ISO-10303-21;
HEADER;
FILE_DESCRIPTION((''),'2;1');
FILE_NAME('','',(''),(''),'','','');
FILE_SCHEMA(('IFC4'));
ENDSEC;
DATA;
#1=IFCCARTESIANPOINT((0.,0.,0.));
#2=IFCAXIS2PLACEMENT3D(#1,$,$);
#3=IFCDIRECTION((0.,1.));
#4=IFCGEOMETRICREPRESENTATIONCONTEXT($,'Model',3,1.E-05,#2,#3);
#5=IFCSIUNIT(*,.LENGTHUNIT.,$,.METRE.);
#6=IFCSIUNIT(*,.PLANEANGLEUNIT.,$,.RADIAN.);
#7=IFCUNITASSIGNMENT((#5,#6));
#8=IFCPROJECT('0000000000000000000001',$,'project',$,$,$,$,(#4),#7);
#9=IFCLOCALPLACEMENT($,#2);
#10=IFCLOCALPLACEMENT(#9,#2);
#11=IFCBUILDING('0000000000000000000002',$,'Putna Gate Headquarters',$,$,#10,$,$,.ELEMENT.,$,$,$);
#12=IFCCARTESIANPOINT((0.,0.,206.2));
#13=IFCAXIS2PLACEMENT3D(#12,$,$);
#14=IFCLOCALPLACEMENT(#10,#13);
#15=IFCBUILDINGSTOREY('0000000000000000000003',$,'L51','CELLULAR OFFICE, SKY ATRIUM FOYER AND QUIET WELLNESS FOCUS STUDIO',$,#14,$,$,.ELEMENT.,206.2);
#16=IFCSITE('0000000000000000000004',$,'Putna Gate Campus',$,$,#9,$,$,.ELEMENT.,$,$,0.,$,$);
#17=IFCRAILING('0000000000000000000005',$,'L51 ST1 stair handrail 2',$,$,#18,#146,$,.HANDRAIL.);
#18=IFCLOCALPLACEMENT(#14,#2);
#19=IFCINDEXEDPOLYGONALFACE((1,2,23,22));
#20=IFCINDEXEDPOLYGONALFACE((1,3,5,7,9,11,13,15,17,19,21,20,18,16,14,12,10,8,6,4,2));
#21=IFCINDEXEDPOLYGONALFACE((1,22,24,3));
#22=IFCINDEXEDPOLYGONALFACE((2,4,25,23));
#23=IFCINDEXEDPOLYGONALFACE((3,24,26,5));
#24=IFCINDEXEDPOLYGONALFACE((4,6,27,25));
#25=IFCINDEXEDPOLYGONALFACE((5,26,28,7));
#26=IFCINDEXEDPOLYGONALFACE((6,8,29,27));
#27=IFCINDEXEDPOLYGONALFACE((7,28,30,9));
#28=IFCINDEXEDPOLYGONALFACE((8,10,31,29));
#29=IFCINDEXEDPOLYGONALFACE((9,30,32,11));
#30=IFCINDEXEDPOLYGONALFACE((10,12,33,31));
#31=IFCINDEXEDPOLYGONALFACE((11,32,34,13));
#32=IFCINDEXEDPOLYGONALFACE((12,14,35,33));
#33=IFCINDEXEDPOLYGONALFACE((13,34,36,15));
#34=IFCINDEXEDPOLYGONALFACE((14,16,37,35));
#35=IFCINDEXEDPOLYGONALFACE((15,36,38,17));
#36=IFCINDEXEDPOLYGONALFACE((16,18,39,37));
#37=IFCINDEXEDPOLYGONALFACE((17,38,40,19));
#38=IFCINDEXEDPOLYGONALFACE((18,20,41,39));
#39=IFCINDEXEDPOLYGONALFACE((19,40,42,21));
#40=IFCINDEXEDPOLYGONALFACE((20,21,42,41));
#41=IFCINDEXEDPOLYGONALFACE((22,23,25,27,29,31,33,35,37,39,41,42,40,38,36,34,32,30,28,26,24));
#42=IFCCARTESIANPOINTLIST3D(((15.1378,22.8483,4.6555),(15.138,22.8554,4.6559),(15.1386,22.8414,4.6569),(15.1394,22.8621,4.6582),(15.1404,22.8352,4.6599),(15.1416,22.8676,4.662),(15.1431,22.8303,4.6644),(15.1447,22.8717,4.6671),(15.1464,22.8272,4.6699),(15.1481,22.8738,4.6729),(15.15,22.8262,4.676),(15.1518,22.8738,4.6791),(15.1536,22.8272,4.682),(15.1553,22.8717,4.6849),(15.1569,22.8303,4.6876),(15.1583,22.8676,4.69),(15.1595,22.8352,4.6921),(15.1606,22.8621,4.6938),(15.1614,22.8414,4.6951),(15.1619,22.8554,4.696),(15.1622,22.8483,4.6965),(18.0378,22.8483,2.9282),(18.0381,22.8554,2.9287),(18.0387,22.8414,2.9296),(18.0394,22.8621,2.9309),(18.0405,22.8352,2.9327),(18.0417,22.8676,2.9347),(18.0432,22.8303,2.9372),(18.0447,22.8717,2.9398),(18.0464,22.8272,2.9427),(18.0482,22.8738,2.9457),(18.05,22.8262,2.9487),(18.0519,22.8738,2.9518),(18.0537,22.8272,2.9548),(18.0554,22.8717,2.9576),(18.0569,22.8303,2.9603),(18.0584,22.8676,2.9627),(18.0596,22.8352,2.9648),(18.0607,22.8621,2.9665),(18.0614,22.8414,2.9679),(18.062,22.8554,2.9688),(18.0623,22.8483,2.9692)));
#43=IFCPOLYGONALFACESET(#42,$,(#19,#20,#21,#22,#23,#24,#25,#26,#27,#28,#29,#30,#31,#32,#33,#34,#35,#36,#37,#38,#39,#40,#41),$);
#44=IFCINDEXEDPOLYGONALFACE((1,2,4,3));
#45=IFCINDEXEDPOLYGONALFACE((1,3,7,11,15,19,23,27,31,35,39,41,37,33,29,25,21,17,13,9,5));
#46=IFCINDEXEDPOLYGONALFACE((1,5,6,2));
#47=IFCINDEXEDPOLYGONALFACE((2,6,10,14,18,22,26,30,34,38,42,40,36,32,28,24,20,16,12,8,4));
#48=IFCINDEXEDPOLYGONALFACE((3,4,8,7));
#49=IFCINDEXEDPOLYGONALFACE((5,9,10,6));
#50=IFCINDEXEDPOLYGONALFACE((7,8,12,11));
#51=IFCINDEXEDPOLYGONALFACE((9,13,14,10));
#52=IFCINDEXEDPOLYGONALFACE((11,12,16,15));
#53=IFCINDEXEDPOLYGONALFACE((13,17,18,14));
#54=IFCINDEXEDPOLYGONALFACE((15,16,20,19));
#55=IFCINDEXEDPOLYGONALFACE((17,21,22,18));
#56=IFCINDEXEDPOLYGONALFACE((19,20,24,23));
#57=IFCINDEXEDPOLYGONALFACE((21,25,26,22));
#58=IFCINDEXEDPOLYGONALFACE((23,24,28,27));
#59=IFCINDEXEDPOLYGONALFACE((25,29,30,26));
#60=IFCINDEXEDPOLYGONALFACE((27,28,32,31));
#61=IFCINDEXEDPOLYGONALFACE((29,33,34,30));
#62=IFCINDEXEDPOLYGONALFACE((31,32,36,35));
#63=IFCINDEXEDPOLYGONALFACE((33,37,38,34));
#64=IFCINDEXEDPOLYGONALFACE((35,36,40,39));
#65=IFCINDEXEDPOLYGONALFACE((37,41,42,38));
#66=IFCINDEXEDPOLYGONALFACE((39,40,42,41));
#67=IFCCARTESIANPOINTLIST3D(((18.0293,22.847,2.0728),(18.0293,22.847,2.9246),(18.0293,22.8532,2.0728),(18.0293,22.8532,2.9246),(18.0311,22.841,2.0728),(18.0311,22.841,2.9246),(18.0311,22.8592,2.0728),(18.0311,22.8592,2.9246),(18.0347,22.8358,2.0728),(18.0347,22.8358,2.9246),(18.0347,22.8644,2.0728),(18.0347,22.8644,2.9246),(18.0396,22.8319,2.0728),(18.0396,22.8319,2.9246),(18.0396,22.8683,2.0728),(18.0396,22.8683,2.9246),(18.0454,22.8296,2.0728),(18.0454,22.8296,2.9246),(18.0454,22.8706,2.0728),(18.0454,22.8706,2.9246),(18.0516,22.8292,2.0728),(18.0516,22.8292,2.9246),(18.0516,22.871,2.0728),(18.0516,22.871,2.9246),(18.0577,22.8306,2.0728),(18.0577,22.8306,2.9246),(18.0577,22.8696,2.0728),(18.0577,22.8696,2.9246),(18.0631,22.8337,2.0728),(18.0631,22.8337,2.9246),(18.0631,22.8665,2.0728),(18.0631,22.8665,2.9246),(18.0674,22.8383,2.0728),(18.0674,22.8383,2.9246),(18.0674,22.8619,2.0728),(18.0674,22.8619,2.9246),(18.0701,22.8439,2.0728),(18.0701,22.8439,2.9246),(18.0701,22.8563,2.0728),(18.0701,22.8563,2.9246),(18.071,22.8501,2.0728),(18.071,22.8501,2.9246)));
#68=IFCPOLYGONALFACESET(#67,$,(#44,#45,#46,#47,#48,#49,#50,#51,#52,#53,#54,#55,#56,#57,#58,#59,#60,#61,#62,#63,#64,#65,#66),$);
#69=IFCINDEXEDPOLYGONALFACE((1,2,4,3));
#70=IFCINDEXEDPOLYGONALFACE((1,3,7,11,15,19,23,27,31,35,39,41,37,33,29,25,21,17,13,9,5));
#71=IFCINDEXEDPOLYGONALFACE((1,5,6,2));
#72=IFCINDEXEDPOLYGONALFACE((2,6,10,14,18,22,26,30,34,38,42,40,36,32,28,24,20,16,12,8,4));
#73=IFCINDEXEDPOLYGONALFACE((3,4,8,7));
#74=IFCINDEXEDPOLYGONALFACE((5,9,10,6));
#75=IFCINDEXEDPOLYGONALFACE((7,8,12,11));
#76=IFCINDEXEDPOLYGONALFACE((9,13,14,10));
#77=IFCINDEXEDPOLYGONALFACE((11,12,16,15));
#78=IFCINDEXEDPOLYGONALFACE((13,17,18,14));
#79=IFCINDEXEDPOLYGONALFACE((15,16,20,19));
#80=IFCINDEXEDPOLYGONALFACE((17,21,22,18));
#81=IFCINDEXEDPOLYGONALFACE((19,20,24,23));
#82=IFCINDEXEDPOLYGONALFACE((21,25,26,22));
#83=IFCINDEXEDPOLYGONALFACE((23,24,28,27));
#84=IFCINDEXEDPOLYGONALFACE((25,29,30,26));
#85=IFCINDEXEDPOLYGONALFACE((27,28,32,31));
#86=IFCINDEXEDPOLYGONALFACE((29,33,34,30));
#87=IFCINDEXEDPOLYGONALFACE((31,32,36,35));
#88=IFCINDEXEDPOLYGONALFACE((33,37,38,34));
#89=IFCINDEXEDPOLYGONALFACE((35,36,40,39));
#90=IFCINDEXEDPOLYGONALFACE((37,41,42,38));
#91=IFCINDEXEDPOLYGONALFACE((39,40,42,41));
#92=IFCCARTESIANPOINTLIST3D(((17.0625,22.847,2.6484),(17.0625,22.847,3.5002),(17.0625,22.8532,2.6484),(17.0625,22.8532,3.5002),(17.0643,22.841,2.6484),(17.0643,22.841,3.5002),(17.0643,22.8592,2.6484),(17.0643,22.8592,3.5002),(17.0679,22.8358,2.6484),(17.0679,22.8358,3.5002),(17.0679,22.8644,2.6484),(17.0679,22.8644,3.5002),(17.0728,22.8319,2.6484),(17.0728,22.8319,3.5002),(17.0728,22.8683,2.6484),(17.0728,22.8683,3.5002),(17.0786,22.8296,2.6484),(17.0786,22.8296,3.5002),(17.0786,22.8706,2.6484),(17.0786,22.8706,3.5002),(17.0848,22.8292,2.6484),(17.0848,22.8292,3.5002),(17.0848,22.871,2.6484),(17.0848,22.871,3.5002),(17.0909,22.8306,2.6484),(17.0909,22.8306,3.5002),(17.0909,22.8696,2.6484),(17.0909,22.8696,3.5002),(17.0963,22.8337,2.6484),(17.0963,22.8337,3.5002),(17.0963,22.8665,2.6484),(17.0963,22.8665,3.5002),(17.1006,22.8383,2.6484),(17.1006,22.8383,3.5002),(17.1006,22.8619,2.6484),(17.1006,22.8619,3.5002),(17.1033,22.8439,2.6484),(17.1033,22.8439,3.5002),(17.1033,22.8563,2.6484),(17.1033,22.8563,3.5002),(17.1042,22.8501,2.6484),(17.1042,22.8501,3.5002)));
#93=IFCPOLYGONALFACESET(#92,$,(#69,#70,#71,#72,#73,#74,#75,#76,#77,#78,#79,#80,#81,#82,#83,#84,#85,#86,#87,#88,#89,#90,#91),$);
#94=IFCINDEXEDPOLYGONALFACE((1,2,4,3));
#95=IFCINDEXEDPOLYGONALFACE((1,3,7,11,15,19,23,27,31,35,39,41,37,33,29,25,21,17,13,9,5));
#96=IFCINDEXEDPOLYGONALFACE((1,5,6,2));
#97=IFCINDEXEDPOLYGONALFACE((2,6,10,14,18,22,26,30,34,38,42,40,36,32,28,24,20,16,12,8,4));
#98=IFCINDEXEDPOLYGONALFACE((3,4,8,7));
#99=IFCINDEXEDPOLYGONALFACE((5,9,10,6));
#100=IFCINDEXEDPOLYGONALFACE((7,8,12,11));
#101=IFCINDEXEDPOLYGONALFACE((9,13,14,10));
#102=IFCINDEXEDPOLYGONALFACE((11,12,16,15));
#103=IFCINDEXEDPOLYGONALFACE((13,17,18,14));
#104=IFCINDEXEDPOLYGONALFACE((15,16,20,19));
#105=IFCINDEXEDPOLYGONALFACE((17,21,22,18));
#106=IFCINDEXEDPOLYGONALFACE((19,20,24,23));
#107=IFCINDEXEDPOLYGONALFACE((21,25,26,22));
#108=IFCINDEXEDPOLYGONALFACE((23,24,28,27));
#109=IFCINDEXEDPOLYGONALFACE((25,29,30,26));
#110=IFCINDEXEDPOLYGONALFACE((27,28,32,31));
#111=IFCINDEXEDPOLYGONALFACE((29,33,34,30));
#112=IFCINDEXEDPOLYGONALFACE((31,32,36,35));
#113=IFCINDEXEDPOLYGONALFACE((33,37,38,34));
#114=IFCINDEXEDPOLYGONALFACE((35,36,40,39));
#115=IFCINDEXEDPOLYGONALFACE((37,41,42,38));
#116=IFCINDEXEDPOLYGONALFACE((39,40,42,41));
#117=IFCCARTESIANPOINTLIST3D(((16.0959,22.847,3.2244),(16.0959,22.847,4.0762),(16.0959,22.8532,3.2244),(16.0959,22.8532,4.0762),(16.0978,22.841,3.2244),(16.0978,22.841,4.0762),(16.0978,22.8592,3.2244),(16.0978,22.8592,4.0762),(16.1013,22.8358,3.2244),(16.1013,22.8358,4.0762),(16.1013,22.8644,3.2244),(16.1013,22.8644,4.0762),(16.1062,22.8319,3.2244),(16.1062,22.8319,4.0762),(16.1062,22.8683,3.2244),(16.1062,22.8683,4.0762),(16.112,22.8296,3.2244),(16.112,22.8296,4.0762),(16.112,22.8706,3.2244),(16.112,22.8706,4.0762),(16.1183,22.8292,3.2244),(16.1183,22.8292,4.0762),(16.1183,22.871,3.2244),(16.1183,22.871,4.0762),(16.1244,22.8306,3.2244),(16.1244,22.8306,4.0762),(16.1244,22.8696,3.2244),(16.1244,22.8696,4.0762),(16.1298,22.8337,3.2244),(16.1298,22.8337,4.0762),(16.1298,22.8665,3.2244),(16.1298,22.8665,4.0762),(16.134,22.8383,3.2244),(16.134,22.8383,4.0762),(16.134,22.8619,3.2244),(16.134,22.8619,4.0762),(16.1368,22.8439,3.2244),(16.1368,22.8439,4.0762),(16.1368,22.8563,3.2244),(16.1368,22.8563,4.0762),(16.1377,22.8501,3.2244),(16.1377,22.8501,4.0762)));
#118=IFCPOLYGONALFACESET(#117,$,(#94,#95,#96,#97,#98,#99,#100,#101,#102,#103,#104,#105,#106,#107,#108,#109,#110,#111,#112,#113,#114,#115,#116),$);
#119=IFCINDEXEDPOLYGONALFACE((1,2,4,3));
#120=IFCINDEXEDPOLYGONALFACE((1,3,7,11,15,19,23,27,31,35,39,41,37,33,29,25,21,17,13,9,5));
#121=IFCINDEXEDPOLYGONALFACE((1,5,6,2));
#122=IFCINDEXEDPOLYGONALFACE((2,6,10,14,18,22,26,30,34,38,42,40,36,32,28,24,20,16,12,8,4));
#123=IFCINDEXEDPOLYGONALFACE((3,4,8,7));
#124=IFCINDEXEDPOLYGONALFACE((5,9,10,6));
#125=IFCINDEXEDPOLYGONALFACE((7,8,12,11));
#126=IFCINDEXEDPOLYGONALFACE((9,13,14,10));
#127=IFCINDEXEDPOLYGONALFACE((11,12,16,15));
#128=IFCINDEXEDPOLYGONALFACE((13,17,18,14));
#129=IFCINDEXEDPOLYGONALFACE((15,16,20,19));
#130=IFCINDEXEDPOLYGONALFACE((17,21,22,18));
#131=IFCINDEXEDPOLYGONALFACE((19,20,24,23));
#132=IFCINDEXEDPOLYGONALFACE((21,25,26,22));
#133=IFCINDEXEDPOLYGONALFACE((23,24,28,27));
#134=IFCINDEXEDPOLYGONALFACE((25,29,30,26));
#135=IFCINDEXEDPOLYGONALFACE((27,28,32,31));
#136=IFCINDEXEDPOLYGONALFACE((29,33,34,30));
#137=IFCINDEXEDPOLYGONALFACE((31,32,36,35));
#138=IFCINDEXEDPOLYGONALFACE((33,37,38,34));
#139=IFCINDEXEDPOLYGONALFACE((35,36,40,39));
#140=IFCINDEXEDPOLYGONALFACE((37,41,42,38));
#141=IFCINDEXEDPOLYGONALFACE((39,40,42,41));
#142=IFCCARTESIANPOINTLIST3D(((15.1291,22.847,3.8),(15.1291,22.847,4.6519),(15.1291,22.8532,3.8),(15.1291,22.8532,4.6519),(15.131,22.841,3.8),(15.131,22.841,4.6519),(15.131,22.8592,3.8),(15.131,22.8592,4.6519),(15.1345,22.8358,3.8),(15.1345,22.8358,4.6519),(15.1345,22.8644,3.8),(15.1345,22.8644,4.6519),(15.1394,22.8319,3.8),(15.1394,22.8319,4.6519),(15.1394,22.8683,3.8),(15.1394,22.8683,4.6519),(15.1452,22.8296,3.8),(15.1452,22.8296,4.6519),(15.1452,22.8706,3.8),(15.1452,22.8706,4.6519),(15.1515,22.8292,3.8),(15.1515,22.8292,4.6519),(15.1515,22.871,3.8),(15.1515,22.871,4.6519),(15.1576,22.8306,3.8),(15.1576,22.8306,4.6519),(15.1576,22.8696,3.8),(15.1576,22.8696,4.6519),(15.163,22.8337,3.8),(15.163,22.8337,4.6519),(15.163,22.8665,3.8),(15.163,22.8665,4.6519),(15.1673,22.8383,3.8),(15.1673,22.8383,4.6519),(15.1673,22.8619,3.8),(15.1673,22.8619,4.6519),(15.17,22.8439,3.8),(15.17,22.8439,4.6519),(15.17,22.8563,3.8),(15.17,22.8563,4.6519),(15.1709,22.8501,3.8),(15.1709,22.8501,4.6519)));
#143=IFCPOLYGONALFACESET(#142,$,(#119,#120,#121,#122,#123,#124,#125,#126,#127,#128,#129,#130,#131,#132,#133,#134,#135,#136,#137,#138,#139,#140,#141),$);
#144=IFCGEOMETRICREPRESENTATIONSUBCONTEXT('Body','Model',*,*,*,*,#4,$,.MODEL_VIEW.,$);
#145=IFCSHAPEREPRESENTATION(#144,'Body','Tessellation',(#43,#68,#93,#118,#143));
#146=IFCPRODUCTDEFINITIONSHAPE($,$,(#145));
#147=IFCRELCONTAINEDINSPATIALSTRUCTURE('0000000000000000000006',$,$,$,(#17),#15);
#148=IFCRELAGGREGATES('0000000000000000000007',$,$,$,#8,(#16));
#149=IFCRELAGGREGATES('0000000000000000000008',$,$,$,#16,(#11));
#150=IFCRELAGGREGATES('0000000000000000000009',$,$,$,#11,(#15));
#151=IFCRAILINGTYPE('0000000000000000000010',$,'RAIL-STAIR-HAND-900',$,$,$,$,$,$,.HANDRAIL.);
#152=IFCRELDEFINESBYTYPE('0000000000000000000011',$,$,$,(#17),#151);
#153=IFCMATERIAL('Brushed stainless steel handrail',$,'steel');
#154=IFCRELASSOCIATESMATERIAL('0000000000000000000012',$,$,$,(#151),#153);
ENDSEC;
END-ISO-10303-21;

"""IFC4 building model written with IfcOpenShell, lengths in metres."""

from ifc_helpers import new_model, si_unit, direction, frame, origin, origin_2d, place, context, subcontext, project, spatial, circle, extrude, material, type_object, element, save


model = new_model("IFC4")

# Units and contexts
model_context = context("Model", 3, precision=1e-05, world=origin(), true_north=direction((0.0, 1.0)))
body_context = subcontext(model_context, "Body", "Model", "MODEL_VIEW")
ifc_project = project(units=[si_unit("LENGTHUNIT", "METRE"), si_unit("PLANEANGLEUNIT", "RADIAN")], contexts=[model_context])

# Site, building, storey
site_placement = place(None, origin())
site = spatial("IfcSite", under=ifc_project, at=site_placement, Name="Putna Gate Campus", CompositionType="ELEMENT", RefElevation=0.0)
building_placement = place(site_placement, origin())
building = spatial("IfcBuilding", under=site, at=building_placement, Name="Putna Gate Headquarters", CompositionType="ELEMENT")
storey_placement = place(building_placement, frame((0.0, 0.0, 206.2)))
storey = spatial("IfcBuildingStorey", under=building, at=storey_placement, Name="L51", Description="CELLULAR OFFICE, SKY ATRIUM FOYER AND QUIET WELLNESS FOCUS STUDIO", CompositionType="ELEMENT", Elevation=206.2)

# Railing
ifc_material_1 = material(Name="Brushed stainless steel handrail", Category="steel")
railing_type_1 = type_object("IfcRailingType", Name="RAIL-STAIR-HAND-900", PredefinedType="HANDRAIL", material=ifc_material_1)
railing_1_placement = place(storey_placement, frame((18.05, 22.8501, 2.0728)))
element("IfcRailing", 1, at=railing_1_placement, inside=storey, type_object=railing_type_1, Name="L51 ST1 stair handrail 2", PredefinedType="HANDRAIL", context=body_context, shape_type="SweptSolid", body=[
    extrude(circle(Radius=0.0239, at=origin_2d()), frame((0.0, 0.0, 0.876), z_axis=(-0.85916, 0.0, 0.511706), x_axis=(0.0, -1.0, 0.0)), (0.0, 0.0, 1.0), 3.3755),
    extrude(circle(Radius=0.021, at=origin_2d()), origin(), (0.0, 0.0, 1.0), 0.8518),
    extrude(circle(Radius=0.021, at=origin_2d()), frame((-0.9668, 0.0, 0.5757)), (0.0, 0.0, 1.0), 0.8518),
    extrude(circle(Radius=0.021, at=origin_2d()), frame((-1.9333, 0.0, 1.1516)), (0.0, 0.0, 1.0), 0.8518),
    extrude(circle(Radius=0.021, at=origin_2d()), frame((-2.9001, 0.0, 1.7273)), (0.0, 0.0, 1.0), 0.8518),
])

save(model, "model.ifc")
